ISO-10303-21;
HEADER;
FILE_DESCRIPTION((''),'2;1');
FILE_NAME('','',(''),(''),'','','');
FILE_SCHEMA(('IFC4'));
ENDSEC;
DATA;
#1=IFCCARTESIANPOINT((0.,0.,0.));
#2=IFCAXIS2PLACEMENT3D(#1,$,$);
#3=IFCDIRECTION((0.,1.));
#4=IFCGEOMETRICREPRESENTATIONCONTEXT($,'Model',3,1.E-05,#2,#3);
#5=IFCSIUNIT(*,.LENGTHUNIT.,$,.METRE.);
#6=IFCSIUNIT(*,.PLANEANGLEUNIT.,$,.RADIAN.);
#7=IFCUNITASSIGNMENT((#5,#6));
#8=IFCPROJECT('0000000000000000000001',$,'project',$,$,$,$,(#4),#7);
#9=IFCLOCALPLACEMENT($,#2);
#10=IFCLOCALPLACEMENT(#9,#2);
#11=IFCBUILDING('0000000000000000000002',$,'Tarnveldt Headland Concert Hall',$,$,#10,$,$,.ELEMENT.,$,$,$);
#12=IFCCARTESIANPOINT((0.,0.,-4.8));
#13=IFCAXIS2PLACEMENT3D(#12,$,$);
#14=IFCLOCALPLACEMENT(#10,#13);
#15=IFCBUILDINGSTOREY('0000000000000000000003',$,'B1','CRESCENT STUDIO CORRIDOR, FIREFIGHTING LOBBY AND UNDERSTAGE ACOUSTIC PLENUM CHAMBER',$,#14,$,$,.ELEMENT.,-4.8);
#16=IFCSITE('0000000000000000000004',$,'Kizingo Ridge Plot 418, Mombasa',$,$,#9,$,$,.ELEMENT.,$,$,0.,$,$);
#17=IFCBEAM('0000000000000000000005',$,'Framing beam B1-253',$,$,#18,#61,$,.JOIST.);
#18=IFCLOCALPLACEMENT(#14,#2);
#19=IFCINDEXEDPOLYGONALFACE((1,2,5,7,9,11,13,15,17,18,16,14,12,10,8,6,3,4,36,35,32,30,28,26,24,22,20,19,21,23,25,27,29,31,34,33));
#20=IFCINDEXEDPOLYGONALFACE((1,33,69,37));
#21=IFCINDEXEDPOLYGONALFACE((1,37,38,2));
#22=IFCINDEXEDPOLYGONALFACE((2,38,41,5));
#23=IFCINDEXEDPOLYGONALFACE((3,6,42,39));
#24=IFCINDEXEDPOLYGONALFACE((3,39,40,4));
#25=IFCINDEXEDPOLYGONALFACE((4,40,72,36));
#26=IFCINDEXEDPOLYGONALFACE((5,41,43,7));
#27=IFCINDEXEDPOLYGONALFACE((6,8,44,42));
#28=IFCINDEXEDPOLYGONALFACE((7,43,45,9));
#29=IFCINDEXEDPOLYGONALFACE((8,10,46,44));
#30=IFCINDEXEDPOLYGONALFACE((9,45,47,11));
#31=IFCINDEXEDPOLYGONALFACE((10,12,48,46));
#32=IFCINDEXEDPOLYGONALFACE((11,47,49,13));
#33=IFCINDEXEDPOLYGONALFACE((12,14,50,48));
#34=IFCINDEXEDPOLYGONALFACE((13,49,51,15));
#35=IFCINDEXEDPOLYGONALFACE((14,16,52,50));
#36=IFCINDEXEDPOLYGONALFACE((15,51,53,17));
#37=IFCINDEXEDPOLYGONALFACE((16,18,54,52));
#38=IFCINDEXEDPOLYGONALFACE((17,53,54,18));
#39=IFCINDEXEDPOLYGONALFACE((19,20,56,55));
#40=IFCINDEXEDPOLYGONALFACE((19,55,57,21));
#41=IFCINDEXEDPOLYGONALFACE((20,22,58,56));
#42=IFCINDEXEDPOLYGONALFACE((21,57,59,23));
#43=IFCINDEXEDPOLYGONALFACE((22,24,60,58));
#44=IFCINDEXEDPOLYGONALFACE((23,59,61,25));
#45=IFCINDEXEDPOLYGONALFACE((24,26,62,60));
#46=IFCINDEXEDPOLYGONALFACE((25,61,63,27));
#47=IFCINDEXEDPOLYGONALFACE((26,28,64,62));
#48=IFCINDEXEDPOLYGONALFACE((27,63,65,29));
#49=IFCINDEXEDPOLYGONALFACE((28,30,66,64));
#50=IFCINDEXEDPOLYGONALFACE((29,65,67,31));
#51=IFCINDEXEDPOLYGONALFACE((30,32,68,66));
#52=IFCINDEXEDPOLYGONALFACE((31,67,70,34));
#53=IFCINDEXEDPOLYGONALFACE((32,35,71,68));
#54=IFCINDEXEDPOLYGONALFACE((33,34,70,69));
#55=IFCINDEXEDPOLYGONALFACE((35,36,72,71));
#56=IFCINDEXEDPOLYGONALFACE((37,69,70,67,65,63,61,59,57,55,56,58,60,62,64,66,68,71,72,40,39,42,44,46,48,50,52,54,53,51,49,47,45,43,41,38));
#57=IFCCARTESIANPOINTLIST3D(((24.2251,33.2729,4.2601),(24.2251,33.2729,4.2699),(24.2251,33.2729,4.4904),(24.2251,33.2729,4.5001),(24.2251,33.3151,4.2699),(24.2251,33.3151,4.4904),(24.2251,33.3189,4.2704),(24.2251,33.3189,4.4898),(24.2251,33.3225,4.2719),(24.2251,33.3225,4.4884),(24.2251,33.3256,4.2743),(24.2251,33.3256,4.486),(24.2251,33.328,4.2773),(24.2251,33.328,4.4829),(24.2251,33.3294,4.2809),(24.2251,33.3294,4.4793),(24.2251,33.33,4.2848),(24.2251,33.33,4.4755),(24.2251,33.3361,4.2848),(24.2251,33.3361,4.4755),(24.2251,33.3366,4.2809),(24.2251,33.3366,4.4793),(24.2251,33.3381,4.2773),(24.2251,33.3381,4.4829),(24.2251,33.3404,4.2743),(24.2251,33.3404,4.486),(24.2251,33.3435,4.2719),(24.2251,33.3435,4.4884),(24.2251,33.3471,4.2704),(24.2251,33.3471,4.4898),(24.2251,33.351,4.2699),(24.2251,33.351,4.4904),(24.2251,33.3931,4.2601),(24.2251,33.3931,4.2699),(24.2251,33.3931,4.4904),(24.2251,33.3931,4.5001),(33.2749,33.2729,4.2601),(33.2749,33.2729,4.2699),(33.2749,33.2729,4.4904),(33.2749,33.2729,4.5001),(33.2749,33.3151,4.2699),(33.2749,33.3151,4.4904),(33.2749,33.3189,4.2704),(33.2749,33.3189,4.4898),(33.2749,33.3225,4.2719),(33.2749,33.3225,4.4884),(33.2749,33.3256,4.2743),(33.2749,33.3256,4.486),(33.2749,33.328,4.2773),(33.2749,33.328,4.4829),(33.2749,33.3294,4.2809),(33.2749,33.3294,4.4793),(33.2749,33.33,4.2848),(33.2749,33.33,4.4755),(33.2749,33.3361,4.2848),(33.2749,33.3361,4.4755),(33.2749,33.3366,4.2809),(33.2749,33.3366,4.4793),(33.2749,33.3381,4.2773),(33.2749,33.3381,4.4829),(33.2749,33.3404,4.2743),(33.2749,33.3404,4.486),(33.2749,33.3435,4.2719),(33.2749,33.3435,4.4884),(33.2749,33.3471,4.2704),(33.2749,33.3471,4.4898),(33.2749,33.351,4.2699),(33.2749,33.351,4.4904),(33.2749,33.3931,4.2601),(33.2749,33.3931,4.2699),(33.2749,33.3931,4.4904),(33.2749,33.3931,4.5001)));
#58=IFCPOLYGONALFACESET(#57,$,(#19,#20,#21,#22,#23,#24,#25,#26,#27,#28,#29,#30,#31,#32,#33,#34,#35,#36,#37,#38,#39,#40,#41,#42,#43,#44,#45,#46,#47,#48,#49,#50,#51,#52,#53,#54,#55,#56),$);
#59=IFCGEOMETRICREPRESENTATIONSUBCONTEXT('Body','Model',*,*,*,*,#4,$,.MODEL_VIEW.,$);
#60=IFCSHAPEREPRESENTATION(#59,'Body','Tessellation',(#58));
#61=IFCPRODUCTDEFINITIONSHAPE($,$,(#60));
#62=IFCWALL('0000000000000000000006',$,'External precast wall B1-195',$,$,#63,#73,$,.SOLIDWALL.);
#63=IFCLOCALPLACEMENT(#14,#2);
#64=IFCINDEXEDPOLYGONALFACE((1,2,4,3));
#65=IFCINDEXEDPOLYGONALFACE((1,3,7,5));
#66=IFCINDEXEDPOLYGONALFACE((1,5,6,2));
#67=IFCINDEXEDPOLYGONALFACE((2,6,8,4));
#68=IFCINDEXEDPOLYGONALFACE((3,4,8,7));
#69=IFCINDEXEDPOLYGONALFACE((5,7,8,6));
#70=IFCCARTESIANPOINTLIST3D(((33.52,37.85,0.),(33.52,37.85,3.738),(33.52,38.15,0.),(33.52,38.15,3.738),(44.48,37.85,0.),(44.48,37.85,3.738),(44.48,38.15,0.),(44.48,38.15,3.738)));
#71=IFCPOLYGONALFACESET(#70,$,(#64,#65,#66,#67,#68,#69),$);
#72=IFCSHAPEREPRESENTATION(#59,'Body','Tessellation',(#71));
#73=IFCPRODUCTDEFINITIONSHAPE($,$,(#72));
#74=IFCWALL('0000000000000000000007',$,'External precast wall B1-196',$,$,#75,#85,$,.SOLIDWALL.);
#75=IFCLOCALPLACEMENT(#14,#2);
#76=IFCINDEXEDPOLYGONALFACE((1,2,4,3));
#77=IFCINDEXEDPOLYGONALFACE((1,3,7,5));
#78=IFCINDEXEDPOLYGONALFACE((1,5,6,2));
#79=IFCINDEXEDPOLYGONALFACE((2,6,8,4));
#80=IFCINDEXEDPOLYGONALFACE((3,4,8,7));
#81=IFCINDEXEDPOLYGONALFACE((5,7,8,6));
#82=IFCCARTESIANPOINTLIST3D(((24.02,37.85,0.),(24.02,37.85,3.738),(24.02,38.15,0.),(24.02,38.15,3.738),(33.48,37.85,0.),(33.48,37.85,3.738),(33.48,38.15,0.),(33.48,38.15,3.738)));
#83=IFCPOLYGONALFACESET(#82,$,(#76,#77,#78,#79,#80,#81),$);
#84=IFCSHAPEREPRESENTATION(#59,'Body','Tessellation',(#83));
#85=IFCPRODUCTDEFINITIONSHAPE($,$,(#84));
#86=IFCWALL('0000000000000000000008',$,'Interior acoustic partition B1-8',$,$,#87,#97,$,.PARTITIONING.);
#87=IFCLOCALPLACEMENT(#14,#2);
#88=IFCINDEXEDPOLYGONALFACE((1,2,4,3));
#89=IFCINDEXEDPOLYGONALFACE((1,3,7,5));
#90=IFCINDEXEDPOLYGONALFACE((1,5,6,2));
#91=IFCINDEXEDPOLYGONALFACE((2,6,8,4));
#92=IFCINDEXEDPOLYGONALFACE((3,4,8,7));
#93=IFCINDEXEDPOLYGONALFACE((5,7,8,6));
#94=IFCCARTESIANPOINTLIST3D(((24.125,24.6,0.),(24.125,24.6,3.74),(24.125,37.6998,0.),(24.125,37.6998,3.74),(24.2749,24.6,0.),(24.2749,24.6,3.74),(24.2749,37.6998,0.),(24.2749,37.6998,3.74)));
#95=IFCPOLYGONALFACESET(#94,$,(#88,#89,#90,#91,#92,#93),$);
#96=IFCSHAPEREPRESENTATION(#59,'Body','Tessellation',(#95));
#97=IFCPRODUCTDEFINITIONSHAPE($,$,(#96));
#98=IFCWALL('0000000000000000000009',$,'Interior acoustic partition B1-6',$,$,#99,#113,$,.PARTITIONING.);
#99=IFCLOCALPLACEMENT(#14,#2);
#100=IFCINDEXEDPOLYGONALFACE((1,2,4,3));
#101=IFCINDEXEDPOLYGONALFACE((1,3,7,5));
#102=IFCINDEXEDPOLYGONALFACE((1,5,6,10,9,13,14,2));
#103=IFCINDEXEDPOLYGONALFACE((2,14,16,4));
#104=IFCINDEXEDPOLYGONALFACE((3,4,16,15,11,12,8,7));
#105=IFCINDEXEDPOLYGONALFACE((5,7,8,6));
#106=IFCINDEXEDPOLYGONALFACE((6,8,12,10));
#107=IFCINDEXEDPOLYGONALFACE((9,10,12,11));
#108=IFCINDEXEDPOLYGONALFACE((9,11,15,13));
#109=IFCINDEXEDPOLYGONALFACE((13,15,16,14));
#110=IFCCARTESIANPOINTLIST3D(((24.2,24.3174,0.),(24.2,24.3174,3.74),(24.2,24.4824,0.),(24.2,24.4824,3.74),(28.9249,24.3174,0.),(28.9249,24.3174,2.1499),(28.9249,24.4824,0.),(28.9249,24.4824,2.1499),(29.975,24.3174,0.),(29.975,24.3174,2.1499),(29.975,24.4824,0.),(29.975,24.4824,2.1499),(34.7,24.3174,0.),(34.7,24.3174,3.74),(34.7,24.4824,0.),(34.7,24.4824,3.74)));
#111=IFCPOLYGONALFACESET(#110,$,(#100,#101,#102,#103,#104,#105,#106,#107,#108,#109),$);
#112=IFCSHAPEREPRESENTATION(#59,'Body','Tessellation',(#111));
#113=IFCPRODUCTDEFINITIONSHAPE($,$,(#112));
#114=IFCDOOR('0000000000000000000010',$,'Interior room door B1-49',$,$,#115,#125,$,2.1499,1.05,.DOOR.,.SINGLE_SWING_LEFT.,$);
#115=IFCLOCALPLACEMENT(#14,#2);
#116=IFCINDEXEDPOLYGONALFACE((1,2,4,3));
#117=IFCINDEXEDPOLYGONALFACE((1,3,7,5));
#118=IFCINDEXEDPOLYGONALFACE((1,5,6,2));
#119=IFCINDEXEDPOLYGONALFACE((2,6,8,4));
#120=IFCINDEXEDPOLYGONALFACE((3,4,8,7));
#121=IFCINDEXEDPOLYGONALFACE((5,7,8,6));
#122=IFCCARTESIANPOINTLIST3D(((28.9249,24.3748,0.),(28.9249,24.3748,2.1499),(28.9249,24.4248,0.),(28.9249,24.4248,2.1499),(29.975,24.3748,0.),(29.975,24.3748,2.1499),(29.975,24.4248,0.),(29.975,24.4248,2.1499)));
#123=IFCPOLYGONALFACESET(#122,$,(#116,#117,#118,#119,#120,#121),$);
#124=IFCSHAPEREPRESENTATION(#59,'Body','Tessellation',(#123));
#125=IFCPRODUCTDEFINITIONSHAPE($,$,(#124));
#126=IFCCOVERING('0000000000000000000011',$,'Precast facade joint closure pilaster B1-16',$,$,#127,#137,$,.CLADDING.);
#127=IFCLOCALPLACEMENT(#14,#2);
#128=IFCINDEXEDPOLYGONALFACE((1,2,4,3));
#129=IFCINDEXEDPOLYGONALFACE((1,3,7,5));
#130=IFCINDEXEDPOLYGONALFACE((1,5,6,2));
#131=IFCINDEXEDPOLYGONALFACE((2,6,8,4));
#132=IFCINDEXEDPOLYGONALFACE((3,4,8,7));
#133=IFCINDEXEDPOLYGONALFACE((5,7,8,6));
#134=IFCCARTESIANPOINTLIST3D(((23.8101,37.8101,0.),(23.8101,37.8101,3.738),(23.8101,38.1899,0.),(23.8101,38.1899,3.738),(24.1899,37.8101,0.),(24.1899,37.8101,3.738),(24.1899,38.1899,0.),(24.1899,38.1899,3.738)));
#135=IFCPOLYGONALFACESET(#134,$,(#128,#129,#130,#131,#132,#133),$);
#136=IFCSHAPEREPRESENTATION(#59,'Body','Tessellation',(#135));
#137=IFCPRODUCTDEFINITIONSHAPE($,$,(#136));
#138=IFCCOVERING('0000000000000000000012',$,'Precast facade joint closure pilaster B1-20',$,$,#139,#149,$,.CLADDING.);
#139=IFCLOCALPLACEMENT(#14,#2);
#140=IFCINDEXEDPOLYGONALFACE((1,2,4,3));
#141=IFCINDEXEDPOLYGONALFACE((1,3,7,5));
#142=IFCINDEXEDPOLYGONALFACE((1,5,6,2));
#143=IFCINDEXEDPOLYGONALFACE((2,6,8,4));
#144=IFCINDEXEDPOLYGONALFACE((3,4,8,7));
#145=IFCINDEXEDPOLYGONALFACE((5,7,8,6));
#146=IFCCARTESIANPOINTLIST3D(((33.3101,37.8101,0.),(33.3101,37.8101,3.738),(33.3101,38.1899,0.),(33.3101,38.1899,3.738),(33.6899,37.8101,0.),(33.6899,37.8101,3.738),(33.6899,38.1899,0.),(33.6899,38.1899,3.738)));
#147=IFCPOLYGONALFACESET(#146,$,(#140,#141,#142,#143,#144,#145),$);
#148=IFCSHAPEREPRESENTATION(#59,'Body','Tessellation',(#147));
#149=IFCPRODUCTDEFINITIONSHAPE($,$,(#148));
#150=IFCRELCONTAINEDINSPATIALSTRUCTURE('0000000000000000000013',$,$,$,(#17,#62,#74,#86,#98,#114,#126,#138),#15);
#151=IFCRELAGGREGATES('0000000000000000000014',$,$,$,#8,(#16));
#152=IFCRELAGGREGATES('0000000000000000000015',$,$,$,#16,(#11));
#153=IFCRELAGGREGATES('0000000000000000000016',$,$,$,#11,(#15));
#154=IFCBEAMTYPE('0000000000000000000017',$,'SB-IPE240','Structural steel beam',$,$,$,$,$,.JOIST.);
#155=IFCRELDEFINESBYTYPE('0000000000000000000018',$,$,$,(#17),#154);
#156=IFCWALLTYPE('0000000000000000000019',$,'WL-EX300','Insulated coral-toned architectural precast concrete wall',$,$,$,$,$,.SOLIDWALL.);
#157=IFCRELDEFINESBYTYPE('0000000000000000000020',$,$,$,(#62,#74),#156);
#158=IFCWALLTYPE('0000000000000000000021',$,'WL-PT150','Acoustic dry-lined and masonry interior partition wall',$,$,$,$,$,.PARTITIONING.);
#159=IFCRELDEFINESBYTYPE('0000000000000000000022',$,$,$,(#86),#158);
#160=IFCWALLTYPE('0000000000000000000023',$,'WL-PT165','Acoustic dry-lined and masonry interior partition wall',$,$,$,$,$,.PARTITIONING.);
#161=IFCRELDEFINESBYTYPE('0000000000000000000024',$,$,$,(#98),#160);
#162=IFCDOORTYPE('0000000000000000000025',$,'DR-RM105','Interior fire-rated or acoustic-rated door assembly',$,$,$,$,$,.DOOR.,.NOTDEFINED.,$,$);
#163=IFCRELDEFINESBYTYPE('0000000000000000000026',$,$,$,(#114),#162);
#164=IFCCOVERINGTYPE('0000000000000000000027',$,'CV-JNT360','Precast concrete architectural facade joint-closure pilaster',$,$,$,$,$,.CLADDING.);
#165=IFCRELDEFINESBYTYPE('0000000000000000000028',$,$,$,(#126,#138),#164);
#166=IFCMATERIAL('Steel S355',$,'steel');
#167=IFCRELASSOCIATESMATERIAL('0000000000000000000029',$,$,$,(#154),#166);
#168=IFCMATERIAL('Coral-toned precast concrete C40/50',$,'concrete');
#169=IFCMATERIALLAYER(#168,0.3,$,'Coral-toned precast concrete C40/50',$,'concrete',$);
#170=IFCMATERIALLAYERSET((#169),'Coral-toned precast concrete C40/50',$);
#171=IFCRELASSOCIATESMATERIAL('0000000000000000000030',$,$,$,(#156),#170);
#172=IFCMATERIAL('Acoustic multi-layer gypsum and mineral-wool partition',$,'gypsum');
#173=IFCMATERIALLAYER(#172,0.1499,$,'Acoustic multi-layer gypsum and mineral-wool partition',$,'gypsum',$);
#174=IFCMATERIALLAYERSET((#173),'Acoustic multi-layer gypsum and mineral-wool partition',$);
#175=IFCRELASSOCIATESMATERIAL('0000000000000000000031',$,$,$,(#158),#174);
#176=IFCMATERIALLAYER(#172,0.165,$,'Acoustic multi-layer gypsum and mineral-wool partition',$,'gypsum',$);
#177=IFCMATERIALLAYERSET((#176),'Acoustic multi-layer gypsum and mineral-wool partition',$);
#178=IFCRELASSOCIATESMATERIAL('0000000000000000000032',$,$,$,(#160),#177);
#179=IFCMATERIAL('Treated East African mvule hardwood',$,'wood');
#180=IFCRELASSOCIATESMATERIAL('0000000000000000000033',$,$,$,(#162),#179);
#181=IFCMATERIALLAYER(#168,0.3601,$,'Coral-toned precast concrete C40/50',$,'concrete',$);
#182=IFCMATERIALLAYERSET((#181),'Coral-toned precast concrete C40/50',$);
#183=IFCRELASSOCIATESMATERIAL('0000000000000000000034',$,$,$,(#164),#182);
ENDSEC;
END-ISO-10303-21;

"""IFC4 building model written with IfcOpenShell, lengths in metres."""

from ifc_helpers import new_model, si_unit, direction, frame, frame_2d, origin, origin_2d, place, context, subcontext, project, spatial, rectangle, i_section, extrude, material, layer, layer_set, material_profile, profile_set, type_object, element, fill, save


model = new_model("IFC4")

# Units and contexts
model_context = context("Model", 3, precision=1e-05, world=origin(), true_north=direction((0.0, 1.0)))
body_context = subcontext(model_context, "Body", "Model", "MODEL_VIEW")
ifc_project = project(units=[si_unit("LENGTHUNIT", "METRE"), si_unit("PLANEANGLEUNIT", "RADIAN")], contexts=[model_context])

# Site, building, storey
site_placement = place(None, origin())
site = spatial("IfcSite", under=ifc_project, at=site_placement, Name="Kizingo Ridge Plot 418, Mombasa", CompositionType="ELEMENT", RefElevation=0.0)
building_placement = place(site_placement, origin())
building = spatial("IfcBuilding", under=site, at=building_placement, Name="Tarnveldt Headland Concert Hall", CompositionType="ELEMENT")
storey_placement = place(building_placement, frame((0.0, 0.0, -4.8)))
storey = spatial("IfcBuildingStorey", under=building, at=storey_placement, Name="B1", Description="CRESCENT STUDIO CORRIDOR, FIREFIGHTING LOBBY AND UNDERSTAGE ACOUSTIC PLENUM CHAMBER", CompositionType="ELEMENT", Elevation=-4.8)

# Beam
ifc_material_1 = material(Name="Steel S355", Category="steel")
ifc_material_profile_1 = material_profile(ifc_material_1, i_section(OverallWidth=0.1201, OverallDepth=0.24, WebThickness=0.0061, FlangeThickness=0.0098, FilletRadius=0.0149, at=origin_2d()), Name="IPE240", Category="steel")
ifc_profile_set_1 = profile_set([ifc_material_profile_1], Name="Steel S355")
beam_type_1 = type_object("IfcBeamType", Name="SB-IPE240", Description="Structural steel beam", PredefinedType="JOIST", material=ifc_profile_set_1)
for number, where, z_axis, x_axis, name in (
    (1, (24.2251, 33.333, 4.3801), (1.0, 0.0, 0.0), (0.0, 1.0, 0.0), "Framing beam B1-253"),
):
    element("IfcBeam", number, at=place(storey_placement, frame(where, z_axis=z_axis, x_axis=x_axis)), inside=storey, type_object=beam_type_1, Name=name, PredefinedType="JOIST", context=body_context, shape_type="SweptSolid", body=[
        extrude(i_section(OverallWidth=0.1201, OverallDepth=0.24, WebThickness=0.0061, FlangeThickness=0.0098, FilletRadius=0.0149, at=origin_2d()), origin(), (0.0, 0.0, 1.0), 9.0498),
    ])

# Walls
ifc_material_2 = material(Name="Coral-toned precast concrete C40/50", Category="concrete")
ifc_layer_1 = layer(ifc_material_2, 0.3, Name="Coral-toned precast concrete C40/50", Category="concrete")
ifc_layer_set_1 = layer_set([ifc_layer_1], Name="Coral-toned precast concrete C40/50")
wall_type_1 = type_object("IfcWallType", Name="WL-EX300", Description="Insulated coral-toned architectural precast concrete wall", PredefinedType="SOLIDWALL", material=ifc_layer_set_1)
wall_1_placement = place(storey_placement, frame((33.52, 38.0, 0.0), z_axis=(0.0, 0.0, 1.0), x_axis=(1.0, 0.0, 0.0)))
element("IfcWall", 2, at=wall_1_placement, inside=storey, type_object=wall_type_1, Name="External precast wall B1-195", PredefinedType="SOLIDWALL", context=body_context, shape_type="SweptSolid", body=[
    extrude(rectangle(XDim=10.96, YDim=0.3, at=frame_2d((5.48, 0.0))), origin(), (0.0, 0.0, 1.0), 3.738),
])
wall_2_placement = place(storey_placement, frame((24.02, 38.0, 0.0), z_axis=(0.0, 0.0, 1.0), x_axis=(1.0, 0.0, 0.0)))
element("IfcWall", 3, at=wall_2_placement, inside=storey, type_object=wall_type_1, Name="External precast wall B1-196", PredefinedType="SOLIDWALL", context=body_context, shape_type="SweptSolid", body=[
    extrude(rectangle(XDim=9.46, YDim=0.3, at=frame_2d((4.73, 0.0))), origin(), (0.0, 0.0, 1.0), 3.738),
])
ifc_material_3 = material(Name="Acoustic multi-layer gypsum and mineral-wool partition", Category="gypsum")
ifc_layer_2 = layer(ifc_material_3, 0.1499, Name="Acoustic multi-layer gypsum and mineral-wool partition", Category="gypsum")
ifc_layer_set_2 = layer_set([ifc_layer_2], Name="Acoustic multi-layer gypsum and mineral-wool partition")
wall_type_2 = type_object("IfcWallType", Name="WL-PT150", Description="Acoustic dry-lined and masonry interior partition wall", PredefinedType="PARTITIONING", material=ifc_layer_set_2)
wall_3_placement = place(storey_placement, frame((24.2, 24.6001, 0.0), z_axis=(0.0, 0.0, 1.0), x_axis=(0.0, 1.0, 0.0)))
element("IfcWall", 4, at=wall_3_placement, inside=storey, type_object=wall_type_2, Name="Interior acoustic partition B1-8", PredefinedType="PARTITIONING", context=body_context, shape_type="SweptSolid", body=[
    extrude(rectangle(XDim=13.0999, YDim=0.1499, at=frame_2d((6.5498, 0.0))), origin(), (0.0, 0.0, 1.0), 3.74),
])

# Wall, opening, door
ifc_layer_3 = layer(ifc_material_3, 0.165, Name="Acoustic multi-layer gypsum and mineral-wool partition", Category="gypsum")
ifc_layer_set_3 = layer_set([ifc_layer_3], Name="Acoustic multi-layer gypsum and mineral-wool partition")
wall_type_3 = type_object("IfcWallType", Name="WL-PT165", Description="Acoustic dry-lined and masonry interior partition wall", PredefinedType="PARTITIONING", material=ifc_layer_set_3)
wall_4_placement = place(storey_placement, frame((24.2, 24.3999, 0.0), z_axis=(0.0, 0.0, 1.0), x_axis=(1.0, 0.0, 0.0)))
wall_4 = element("IfcWall", 5, at=wall_4_placement, inside=storey, type_object=wall_type_3, Name="Interior acoustic partition B1-6", PredefinedType="PARTITIONING", context=body_context, shape_type="SweptSolid", body=[
    extrude(rectangle(XDim=10.5, YDim=0.165, at=frame_2d((5.25, 0.0))), origin(), (0.0, 0.0, 1.0), 3.74),
])
opening_placement = place(wall_4_placement, frame((4.7251, 0.0, 0.0)))
opening = element("IfcOpeningElement", 6, at=opening_placement, cuts=wall_4, PredefinedType="OPENING", context=body_context, shape_type="SweptSolid", body=[
    extrude(rectangle(XDim=1.05, YDim=2.1499, at=frame_2d((0.5249, 1.075))), frame((0.0, 0.0925, 0.0), z_axis=(0.0, -1.0, 0.0), x_axis=(1.0, 0.0, 0.0)), (0.0, 0.0, 1.0), 0.1851),
])
ifc_material_4 = material(Name="Treated East African mvule hardwood", Category="wood")
door_type = type_object("IfcDoorType", Name="DR-RM105", Description="Interior fire-rated or acoustic-rated door assembly", OperationType="NOTDEFINED", PredefinedType="DOOR", material=ifc_material_4)
door_placement = place(opening_placement, origin())
door = element("IfcDoor", 7, at=door_placement, inside=storey, type_object=door_type, Name="Interior room door B1-49", OperationType="SINGLE_SWING_LEFT", OverallHeight=2.1499, OverallWidth=1.05, PredefinedType="DOOR", context=body_context, shape_type="SweptSolid", body=[
    extrude(rectangle(XDim=1.05, YDim=2.1499, at=frame_2d((0.5249, 1.075))), frame((0.0, 0.0249, 0.0), z_axis=(0.0, -1.0, 0.0), x_axis=(1.0, 0.0, 0.0)), (0.0, 0.0, 1.0), 0.05),
])
fill(opening, door)

# Coverings
ifc_layer_4 = layer(ifc_material_2, 0.3601, Name="Coral-toned precast concrete C40/50", Category="concrete")
ifc_layer_set_4 = layer_set([ifc_layer_4], Name="Coral-toned precast concrete C40/50")
covering_type = type_object("IfcCoveringType", Name="CV-JNT360", Description="Precast concrete architectural facade joint-closure pilaster", PredefinedType="CLADDING", material=ifc_layer_set_4)
for number, where, z_axis, x_axis, name in (
    (8, (24.0, 38.0, 0.0), (0.0, 0.0, 1.0), (1.0, 0.0, 0.0), "Precast facade joint closure pilaster B1-16"),
    (9, (33.5, 38.0, 0.0), (0.0, 0.0, 1.0), (1.0, 0.0, 0.0), "Precast facade joint closure pilaster B1-20"),
):
    element("IfcCovering", number, at=place(storey_placement, frame(where, z_axis=z_axis, x_axis=x_axis)), inside=storey, type_object=covering_type, Name=name, PredefinedType="CLADDING", context=body_context, shape_type="SweptSolid", body=[
        extrude(rectangle(XDim=0.3799, YDim=0.3799, at=origin_2d()), origin(), (0.0, 0.0, 1.0), 3.738),
    ])

save(model, "model.ifc")
